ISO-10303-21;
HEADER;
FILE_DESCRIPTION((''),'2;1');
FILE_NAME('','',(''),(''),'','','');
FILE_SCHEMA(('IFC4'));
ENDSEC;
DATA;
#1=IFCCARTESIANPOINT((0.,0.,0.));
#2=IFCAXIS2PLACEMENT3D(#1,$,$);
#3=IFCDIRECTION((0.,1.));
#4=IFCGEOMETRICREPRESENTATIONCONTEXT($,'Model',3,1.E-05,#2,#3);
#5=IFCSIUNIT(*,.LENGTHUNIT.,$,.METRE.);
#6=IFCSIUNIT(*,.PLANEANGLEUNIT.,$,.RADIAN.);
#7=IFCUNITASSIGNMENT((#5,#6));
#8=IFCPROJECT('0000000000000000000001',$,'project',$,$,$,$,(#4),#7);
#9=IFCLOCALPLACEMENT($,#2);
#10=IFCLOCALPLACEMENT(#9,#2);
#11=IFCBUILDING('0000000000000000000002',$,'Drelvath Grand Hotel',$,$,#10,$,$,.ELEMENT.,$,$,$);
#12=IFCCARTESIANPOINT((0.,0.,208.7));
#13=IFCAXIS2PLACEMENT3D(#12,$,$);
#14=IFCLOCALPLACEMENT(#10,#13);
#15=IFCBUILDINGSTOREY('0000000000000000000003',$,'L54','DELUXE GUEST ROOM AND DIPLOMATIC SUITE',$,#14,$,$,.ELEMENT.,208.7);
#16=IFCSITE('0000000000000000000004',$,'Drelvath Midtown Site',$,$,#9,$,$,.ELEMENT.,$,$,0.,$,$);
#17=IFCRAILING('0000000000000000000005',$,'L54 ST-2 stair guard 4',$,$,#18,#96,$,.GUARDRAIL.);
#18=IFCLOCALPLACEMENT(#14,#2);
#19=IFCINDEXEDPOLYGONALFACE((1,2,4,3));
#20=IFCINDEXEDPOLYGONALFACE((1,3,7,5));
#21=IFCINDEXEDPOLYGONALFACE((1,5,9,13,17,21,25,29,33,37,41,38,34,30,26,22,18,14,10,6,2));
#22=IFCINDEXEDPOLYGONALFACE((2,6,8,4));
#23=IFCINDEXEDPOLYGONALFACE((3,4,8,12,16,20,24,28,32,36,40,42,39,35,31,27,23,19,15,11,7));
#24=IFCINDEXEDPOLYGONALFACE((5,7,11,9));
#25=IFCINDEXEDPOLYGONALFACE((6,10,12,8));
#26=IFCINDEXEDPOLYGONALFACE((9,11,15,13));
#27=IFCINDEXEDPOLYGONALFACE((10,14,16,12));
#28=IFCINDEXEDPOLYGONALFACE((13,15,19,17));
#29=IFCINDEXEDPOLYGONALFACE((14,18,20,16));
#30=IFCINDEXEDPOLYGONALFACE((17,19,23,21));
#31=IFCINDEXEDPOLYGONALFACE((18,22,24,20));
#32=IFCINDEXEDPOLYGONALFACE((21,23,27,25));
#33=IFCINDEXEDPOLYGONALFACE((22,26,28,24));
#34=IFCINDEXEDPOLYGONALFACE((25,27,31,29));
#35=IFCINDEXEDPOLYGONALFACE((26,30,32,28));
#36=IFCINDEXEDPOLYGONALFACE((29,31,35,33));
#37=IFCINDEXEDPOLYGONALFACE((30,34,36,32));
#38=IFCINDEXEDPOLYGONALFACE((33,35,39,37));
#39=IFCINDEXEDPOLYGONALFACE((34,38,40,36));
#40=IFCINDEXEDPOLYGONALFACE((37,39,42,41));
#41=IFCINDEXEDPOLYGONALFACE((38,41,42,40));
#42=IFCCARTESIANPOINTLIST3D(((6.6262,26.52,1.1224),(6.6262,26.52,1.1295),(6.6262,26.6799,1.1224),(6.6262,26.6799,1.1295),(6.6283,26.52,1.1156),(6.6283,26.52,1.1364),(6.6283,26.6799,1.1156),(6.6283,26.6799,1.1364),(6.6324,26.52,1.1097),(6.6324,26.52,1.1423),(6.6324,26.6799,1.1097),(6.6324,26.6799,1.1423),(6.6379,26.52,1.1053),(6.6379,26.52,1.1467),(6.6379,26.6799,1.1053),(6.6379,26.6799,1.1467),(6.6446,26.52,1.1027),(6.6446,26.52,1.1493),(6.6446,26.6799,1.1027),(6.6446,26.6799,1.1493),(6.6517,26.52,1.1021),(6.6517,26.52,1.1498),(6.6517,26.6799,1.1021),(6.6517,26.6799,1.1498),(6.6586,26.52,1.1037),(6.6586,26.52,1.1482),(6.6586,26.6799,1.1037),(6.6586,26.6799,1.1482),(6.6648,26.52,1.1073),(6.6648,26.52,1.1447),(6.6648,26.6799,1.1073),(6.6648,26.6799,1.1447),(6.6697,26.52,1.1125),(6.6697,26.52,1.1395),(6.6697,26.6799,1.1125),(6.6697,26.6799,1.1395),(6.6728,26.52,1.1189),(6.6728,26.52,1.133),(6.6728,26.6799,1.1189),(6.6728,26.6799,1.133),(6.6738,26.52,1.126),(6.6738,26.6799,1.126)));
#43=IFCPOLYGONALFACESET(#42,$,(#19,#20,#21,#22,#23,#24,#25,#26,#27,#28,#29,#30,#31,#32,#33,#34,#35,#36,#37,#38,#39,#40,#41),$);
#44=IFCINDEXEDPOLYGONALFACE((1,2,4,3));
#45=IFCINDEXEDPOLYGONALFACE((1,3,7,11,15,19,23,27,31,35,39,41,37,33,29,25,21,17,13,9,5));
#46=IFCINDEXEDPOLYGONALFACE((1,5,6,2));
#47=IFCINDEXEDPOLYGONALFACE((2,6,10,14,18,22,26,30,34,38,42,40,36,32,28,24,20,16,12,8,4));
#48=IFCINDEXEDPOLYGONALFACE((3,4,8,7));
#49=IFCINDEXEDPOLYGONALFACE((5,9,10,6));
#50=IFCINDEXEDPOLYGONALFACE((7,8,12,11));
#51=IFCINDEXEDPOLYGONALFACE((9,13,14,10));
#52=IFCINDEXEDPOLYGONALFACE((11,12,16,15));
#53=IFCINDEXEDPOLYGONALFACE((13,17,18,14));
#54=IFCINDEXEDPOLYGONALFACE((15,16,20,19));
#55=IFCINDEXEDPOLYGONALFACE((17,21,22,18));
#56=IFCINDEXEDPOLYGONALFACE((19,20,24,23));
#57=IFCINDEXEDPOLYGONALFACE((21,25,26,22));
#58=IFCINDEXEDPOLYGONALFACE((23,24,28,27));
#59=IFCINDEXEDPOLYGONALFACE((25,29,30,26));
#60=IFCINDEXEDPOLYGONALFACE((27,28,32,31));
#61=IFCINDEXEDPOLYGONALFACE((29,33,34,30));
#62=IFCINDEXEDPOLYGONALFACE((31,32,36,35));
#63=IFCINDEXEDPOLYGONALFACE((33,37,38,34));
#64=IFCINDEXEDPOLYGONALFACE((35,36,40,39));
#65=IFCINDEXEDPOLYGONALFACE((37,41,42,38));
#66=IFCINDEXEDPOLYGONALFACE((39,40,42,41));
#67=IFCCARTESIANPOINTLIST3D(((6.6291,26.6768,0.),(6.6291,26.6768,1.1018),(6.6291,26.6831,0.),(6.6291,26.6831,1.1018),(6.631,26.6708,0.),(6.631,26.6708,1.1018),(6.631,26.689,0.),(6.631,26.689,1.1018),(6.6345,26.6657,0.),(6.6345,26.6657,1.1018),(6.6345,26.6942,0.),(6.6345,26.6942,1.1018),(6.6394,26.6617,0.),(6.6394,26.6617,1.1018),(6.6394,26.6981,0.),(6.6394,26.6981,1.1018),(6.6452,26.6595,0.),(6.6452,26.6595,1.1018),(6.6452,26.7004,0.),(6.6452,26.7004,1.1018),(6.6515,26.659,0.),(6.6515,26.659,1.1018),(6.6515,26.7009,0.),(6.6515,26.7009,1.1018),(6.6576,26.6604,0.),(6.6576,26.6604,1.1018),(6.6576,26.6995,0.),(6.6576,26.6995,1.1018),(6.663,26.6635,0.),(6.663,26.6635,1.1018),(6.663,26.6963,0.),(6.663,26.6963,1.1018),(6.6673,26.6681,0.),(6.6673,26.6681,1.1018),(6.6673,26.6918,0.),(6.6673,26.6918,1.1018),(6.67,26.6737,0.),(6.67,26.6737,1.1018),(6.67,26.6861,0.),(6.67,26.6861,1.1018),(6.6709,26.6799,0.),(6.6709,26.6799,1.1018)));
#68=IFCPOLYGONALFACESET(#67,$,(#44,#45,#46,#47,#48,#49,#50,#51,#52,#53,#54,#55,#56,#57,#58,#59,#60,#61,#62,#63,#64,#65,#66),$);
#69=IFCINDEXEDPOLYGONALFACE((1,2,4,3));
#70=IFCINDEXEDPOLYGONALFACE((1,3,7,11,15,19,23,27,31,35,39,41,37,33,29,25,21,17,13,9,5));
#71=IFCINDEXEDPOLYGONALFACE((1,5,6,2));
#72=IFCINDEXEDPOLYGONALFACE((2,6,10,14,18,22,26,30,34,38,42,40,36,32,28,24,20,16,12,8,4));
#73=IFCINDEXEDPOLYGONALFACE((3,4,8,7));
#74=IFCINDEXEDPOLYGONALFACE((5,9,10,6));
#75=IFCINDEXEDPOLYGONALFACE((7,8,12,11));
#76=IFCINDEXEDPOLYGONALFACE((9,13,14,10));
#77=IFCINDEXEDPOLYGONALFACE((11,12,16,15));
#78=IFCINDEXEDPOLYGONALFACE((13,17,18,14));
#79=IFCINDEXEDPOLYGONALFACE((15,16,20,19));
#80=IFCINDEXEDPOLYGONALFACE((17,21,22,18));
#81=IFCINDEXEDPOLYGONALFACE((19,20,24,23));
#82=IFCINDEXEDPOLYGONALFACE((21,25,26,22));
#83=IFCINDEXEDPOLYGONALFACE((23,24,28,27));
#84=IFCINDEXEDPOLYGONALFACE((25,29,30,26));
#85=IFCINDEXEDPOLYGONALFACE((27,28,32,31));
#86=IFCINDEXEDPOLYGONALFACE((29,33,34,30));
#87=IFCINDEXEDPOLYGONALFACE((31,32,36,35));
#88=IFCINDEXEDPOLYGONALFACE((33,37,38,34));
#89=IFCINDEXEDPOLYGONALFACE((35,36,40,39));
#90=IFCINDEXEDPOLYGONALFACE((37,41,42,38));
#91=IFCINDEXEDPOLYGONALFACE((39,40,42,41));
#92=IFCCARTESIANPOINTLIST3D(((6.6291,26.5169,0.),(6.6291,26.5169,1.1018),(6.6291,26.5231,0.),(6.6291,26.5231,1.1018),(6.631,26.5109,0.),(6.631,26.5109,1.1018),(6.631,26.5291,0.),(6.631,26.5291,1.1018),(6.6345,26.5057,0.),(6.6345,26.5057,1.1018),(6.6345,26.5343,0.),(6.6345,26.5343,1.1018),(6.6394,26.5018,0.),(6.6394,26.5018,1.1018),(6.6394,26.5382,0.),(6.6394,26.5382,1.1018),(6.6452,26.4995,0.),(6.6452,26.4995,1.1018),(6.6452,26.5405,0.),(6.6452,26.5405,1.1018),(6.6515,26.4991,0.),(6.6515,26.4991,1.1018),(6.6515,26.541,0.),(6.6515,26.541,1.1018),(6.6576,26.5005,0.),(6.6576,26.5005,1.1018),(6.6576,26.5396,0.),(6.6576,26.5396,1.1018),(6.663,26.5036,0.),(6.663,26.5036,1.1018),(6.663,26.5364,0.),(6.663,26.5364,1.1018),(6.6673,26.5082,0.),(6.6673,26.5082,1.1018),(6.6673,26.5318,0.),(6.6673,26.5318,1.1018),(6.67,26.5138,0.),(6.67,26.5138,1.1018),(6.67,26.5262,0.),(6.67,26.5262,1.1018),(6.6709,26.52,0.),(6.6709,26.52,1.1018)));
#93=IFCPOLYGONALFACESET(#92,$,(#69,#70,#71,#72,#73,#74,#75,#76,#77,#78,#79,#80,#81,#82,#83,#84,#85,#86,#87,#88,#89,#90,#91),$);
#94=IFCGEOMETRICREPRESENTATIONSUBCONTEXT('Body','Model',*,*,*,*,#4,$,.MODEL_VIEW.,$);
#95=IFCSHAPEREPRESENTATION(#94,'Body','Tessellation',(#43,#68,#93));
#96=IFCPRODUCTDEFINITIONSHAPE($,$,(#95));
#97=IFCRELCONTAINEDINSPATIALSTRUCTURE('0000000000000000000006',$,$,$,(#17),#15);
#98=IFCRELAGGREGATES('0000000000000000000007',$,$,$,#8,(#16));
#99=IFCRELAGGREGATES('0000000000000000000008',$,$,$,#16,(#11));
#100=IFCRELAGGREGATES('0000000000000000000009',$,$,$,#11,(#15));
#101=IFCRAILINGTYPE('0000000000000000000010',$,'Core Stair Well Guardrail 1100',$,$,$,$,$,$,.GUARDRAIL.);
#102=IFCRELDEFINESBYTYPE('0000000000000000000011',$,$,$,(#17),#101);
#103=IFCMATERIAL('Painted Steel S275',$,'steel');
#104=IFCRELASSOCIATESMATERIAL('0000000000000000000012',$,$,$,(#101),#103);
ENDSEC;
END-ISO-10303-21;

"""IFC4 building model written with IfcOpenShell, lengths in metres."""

from ifc_helpers import new_model, si_unit, direction, frame, origin, origin_2d, place, context, subcontext, project, spatial, circle, extrude, material, type_object, element, save


model = new_model("IFC4")

# Units and contexts
model_context = context("Model", 3, precision=1e-05, world=origin(), true_north=direction((0.0, 1.0)))
body_context = subcontext(model_context, "Body", "Model", "MODEL_VIEW")
ifc_project = project(units=[si_unit("LENGTHUNIT", "METRE"), si_unit("PLANEANGLEUNIT", "RADIAN")], contexts=[model_context])

# Site, building, storey
site_placement = place(None, origin())
site = spatial("IfcSite", under=ifc_project, at=site_placement, Name="Drelvath Midtown Site", CompositionType="ELEMENT", RefElevation=0.0)
building_placement = place(site_placement, origin())
building = spatial("IfcBuilding", under=site, at=building_placement, Name="Drelvath Grand Hotel", CompositionType="ELEMENT")
storey_placement = place(building_placement, frame((0.0, 0.0, 208.7)))
storey = spatial("IfcBuildingStorey", under=building, at=storey_placement, Name="L54", Description="DELUXE GUEST ROOM AND DIPLOMATIC SUITE", CompositionType="ELEMENT", Elevation=208.7)

# Railing
ifc_material_1 = material(Name="Painted Steel S275", Category="steel")
railing_type_1 = type_object("IfcRailingType", Name="Core Stair Well Guardrail 1100", PredefinedType="GUARDRAIL", material=ifc_material_1)
railing_1_placement = place(storey_placement, frame((6.6499, 26.6799, 0.0)))
element("IfcRailing", 1, at=railing_1_placement, inside=storey, type_object=railing_type_1, Name="L54 ST-2 stair guard 4", PredefinedType="GUARDRAIL", context=body_context, shape_type="SweptSolid", body=[
    extrude(circle(Radius=0.0239, at=origin_2d()), frame((0.0, 0.0, 1.126), z_axis=(0.0, -1.0, 0.0), x_axis=(1.0, 0.0, 0.0)), (0.0, 0.0, 1.0), 0.1599),
    extrude(circle(Radius=0.021, at=origin_2d()), origin(), (0.0, 0.0, 1.0), 1.1018),
    extrude(circle(Radius=0.021, at=origin_2d()), frame((0.0, -0.1599, 0.0)), (0.0, 0.0, 1.0), 1.1018),
])

save(model, "model.ifc")
